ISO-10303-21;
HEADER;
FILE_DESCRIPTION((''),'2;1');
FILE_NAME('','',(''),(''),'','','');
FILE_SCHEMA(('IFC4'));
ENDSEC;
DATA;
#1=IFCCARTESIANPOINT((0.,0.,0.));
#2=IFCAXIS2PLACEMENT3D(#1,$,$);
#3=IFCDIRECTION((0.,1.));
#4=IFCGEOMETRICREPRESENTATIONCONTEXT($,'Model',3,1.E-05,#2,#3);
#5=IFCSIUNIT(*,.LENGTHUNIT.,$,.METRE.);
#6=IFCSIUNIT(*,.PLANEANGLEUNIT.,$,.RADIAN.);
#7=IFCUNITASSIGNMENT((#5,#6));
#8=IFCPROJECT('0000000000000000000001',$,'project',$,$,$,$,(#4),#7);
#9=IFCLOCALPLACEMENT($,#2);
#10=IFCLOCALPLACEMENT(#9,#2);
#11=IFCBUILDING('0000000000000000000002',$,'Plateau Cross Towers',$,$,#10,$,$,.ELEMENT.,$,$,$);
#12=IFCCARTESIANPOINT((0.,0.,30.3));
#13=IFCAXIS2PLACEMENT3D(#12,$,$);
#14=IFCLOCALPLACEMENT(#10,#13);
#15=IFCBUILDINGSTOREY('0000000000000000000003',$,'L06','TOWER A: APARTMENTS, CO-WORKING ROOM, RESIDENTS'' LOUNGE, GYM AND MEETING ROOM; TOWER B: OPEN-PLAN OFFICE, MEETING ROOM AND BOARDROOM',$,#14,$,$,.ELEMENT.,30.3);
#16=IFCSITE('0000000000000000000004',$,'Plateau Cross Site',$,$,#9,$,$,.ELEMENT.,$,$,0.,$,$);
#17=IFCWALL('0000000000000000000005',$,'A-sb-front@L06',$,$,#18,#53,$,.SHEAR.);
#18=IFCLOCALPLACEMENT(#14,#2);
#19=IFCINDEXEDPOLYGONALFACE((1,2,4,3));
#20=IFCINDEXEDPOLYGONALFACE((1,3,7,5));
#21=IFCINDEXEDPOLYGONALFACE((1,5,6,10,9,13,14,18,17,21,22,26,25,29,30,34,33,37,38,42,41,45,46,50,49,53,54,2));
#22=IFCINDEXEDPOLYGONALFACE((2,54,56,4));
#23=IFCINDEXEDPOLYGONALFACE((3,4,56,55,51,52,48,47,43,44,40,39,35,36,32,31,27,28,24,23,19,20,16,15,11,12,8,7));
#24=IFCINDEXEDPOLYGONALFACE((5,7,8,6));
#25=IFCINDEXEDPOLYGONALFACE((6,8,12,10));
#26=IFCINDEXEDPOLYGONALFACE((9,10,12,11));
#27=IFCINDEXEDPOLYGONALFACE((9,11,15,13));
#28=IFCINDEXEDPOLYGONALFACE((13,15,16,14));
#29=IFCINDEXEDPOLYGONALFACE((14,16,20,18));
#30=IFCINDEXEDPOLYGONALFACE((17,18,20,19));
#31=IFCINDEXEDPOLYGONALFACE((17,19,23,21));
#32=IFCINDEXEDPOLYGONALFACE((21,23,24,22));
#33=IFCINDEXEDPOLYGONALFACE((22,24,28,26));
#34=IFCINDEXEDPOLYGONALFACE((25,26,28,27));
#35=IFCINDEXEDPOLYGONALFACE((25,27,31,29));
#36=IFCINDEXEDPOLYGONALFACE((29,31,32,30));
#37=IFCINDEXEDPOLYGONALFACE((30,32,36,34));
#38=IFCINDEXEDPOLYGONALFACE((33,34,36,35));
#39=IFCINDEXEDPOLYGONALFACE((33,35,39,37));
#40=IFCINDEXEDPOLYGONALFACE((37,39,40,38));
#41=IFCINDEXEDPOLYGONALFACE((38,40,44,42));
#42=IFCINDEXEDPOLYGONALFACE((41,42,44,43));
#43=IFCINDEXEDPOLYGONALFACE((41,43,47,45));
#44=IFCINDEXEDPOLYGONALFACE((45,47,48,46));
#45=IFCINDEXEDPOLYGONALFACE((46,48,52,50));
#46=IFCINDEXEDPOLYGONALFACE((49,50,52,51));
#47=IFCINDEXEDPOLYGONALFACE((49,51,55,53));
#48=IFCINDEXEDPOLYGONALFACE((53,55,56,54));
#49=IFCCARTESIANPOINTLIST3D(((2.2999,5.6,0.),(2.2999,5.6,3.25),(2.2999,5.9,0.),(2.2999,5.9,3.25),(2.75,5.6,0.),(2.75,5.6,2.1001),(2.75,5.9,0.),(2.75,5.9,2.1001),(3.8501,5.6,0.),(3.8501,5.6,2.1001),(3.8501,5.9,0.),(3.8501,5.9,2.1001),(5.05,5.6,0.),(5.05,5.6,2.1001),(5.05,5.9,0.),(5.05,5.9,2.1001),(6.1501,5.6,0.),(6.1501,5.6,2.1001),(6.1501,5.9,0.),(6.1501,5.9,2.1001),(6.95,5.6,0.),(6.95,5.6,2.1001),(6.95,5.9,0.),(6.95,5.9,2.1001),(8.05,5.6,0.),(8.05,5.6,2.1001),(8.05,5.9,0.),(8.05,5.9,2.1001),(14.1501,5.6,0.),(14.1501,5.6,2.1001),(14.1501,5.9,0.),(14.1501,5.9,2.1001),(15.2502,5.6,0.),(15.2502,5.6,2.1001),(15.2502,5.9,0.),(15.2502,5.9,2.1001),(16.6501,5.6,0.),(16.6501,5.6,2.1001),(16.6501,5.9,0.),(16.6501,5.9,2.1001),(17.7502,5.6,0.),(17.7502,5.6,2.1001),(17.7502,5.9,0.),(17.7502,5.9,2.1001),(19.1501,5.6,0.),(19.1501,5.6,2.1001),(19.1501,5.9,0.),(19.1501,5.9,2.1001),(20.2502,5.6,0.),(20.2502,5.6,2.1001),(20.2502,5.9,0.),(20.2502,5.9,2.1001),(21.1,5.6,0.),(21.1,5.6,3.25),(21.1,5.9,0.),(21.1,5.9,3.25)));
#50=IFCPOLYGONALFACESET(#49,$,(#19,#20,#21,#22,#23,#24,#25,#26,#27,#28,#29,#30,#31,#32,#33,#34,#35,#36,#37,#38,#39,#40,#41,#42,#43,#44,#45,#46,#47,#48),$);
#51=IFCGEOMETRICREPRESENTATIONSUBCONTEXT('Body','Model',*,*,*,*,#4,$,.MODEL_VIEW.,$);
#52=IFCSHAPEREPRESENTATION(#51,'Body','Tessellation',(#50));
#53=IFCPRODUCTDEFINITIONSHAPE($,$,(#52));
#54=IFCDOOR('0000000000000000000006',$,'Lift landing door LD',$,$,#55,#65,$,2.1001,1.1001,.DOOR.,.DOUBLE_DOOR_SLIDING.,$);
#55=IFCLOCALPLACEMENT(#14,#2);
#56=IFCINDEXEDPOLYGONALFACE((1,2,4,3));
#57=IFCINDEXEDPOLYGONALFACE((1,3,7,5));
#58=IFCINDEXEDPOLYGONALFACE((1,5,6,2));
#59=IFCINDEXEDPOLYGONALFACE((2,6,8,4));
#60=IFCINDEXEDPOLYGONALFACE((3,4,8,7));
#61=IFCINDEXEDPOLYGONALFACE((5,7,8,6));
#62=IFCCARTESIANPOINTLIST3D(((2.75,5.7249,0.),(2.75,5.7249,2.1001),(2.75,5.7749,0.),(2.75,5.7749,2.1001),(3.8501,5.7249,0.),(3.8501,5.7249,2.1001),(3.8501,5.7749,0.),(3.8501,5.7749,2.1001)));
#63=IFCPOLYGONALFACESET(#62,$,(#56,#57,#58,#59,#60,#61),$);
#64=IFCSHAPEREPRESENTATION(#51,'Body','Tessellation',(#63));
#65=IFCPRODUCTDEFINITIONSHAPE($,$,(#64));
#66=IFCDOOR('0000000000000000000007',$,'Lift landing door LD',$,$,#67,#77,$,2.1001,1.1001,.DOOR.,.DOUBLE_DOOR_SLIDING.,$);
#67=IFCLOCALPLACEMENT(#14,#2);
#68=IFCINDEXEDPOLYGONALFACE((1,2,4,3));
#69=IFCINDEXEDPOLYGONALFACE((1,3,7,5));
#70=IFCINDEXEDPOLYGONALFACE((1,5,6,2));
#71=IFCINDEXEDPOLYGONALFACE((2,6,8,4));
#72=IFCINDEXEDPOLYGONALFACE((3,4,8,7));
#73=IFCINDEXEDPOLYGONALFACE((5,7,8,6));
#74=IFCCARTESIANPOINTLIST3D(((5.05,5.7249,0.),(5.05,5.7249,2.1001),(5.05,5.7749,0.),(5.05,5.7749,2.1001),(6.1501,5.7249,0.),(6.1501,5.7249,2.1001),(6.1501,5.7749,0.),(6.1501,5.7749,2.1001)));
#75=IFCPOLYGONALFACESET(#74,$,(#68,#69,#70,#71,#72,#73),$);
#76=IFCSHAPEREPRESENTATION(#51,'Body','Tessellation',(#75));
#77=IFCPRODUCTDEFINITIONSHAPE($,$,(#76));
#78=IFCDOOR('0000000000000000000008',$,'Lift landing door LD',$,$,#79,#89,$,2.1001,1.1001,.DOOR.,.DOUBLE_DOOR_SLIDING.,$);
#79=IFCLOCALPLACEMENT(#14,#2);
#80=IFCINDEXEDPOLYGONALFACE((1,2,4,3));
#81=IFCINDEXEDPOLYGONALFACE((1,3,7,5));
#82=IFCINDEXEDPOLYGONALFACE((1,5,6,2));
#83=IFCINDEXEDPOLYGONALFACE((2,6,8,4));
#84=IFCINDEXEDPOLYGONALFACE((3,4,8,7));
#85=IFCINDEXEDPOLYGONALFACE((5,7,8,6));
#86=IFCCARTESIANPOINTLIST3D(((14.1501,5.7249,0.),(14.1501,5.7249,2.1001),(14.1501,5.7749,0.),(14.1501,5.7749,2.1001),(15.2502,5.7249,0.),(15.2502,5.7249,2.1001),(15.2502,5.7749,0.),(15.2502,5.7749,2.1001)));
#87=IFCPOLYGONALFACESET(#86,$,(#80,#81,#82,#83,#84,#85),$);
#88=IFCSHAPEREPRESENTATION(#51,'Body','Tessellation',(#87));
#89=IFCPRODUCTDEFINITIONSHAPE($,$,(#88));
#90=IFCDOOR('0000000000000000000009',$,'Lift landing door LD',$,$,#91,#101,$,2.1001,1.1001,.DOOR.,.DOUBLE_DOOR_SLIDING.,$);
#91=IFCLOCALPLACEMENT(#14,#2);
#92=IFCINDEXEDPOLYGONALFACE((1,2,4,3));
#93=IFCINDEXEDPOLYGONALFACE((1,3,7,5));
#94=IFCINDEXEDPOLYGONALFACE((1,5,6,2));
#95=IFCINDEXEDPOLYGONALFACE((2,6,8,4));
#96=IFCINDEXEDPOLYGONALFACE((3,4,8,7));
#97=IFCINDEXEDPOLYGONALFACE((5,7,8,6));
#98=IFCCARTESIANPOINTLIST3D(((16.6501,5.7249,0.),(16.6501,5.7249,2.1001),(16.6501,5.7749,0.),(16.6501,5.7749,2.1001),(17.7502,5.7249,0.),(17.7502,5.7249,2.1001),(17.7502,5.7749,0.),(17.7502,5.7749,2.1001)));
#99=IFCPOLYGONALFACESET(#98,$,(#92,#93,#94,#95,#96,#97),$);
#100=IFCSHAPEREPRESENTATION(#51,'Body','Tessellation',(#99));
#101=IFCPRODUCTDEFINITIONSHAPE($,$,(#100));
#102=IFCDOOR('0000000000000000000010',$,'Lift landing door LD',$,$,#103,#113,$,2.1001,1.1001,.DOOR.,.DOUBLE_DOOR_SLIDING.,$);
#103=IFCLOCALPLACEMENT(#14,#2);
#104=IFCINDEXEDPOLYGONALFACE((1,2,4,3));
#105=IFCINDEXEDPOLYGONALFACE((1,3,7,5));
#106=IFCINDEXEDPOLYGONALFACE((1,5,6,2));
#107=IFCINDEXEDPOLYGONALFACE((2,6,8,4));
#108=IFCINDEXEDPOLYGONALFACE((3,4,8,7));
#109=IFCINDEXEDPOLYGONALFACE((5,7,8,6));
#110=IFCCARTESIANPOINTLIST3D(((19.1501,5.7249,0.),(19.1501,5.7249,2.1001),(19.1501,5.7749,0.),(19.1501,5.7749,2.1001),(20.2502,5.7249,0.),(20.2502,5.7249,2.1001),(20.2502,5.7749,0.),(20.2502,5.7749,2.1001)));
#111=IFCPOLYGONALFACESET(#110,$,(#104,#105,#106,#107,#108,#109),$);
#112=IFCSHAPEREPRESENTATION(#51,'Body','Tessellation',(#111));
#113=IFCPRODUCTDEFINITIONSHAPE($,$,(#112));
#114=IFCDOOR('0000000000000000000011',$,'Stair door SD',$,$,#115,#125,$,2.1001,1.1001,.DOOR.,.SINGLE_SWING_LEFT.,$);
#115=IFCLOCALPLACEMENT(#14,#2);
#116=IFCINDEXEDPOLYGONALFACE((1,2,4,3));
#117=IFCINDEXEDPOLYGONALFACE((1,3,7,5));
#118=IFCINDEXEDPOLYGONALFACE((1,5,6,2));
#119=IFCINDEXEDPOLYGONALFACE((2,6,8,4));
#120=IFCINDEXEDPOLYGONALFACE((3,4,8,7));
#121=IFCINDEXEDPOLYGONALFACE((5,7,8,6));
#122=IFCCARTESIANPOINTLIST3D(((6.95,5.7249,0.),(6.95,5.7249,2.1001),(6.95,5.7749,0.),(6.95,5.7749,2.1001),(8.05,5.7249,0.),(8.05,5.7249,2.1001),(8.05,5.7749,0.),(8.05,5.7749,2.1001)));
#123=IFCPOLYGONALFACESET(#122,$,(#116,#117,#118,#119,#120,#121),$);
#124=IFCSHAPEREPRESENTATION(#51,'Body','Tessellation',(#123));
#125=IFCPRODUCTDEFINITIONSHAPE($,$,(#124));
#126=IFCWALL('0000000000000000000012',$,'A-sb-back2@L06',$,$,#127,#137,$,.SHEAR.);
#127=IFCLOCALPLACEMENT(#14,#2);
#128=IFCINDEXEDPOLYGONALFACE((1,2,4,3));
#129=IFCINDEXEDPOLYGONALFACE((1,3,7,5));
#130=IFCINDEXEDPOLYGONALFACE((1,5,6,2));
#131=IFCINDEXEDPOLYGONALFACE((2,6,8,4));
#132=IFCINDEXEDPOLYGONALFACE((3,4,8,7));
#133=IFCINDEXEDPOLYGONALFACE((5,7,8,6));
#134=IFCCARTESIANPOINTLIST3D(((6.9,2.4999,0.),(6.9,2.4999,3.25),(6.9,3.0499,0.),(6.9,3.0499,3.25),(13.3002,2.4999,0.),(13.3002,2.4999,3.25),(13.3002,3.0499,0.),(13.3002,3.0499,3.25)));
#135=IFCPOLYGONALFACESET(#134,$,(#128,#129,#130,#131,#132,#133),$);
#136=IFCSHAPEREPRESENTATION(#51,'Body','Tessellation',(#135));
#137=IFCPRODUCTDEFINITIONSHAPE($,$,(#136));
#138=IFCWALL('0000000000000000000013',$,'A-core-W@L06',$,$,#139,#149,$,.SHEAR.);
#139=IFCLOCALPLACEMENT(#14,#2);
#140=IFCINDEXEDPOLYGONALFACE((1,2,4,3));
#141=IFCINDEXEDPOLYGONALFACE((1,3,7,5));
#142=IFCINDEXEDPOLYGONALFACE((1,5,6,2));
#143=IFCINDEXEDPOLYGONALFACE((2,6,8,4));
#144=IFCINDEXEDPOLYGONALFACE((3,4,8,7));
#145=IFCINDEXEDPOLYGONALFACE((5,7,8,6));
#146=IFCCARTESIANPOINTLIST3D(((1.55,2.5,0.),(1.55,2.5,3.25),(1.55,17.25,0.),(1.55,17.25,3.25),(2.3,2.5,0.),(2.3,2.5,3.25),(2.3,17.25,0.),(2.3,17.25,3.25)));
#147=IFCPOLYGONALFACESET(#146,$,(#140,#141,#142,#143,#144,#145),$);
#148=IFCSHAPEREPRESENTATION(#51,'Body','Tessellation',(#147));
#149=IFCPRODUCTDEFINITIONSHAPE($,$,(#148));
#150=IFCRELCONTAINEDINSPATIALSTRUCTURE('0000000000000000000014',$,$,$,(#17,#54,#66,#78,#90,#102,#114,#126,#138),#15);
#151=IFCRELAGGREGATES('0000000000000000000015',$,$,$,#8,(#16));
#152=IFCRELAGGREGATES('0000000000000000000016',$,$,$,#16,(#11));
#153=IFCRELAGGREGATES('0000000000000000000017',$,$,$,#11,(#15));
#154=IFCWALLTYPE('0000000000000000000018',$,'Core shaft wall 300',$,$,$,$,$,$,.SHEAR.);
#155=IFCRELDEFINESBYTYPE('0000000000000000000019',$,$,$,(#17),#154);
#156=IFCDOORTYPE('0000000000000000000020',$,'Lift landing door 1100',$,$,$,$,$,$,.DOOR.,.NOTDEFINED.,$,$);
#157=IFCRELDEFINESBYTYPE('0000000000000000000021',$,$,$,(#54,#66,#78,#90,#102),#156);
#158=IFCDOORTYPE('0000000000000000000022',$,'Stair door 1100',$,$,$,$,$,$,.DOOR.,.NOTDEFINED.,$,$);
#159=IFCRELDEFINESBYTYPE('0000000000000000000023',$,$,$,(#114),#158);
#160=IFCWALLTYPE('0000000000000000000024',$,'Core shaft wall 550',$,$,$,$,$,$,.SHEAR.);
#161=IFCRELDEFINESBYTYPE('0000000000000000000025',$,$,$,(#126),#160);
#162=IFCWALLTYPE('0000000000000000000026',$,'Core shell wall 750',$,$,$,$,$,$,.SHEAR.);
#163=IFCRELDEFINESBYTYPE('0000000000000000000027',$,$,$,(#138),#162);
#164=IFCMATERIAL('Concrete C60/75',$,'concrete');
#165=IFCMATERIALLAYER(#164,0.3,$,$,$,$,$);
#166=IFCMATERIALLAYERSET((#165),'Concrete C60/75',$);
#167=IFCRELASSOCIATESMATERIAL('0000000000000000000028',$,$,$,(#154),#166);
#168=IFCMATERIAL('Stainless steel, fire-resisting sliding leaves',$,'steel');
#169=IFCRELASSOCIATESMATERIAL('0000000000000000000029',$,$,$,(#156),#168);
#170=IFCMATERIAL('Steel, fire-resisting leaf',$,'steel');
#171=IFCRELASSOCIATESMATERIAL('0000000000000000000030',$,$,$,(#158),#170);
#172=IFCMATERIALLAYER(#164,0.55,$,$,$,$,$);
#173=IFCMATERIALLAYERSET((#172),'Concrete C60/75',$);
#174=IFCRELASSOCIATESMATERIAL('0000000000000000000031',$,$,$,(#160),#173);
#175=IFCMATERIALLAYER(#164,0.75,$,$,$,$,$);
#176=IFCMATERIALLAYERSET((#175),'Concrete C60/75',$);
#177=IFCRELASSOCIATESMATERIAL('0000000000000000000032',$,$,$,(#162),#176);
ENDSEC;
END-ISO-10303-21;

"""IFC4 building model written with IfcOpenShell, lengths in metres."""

from ifc_helpers import new_model, si_unit, direction, frame, frame_2d, origin, place, context, subcontext, project, spatial, rectangle, extrude, material, layer, layer_set, type_object, element, fill, save


model = new_model("IFC4")

# Units and contexts
model_context = context("Model", 3, precision=1e-05, world=origin(), true_north=direction((0.0, 1.0)))
body_context = subcontext(model_context, "Body", "Model", "MODEL_VIEW")
ifc_project = project(units=[si_unit("LENGTHUNIT", "METRE"), si_unit("PLANEANGLEUNIT", "RADIAN")], contexts=[model_context])

# Site, building, storey
site_placement = place(None, origin())
site = spatial("IfcSite", under=ifc_project, at=site_placement, Name="Plateau Cross Site", CompositionType="ELEMENT", RefElevation=0.0)
building_placement = place(site_placement, origin())
building = spatial("IfcBuilding", under=site, at=building_placement, Name="Plateau Cross Towers", CompositionType="ELEMENT")
storey_placement = place(building_placement, frame((0.0, 0.0, 30.3)))
storey = spatial("IfcBuildingStorey", under=building, at=storey_placement, Name="L06", Description="TOWER A: APARTMENTS, CO-WORKING ROOM, RESIDENTS' LOUNGE, GYM AND MEETING ROOM; TOWER B: OPEN-PLAN OFFICE, MEETING ROOM AND BOARDROOM", CompositionType="ELEMENT", Elevation=30.3)

# Shared definitions
ifc_material_1 = material(Name="Steel, fire-resisting leaf", Category="steel")

# Shared definitions
ifc_material_2 = material(Name="Concrete C60/75", Category="concrete")
ifc_layer_1 = layer(ifc_material_2, 0.3)
ifc_layer_set_1 = layer_set([ifc_layer_1], Name="Concrete C60/75")
wall_type_1 = type_object("IfcWallType", Name="Core shaft wall 300", PredefinedType="SHEAR", material=ifc_layer_set_1)

# Wall, openings, doors
wall_1_placement = place(storey_placement, frame((2.3, 5.75, 0.0), z_axis=(0.0, 0.0, 1.0), x_axis=(1.0, 0.0, 0.0)))
wall_1 = element("IfcWall", 1, at=wall_1_placement, inside=storey, type_object=wall_type_1, Name="A-sb-front@L06", PredefinedType="SHEAR", context=body_context, shape_type="SweptSolid", body=[
    extrude(rectangle(XDim=18.8, YDim=0.3, at=frame_2d((9.3999, 0.0))), origin(), (0.0, 0.0, 1.0), 3.25),
])
opening_1_placement = place(wall_1_placement, frame((4.6499, 0.0, 0.0)))
opening_1 = element("IfcOpeningElement", 2, at=opening_1_placement, cuts=wall_1, PredefinedType="OPENING", context=body_context, shape_type="SweptSolid", body=[
    extrude(rectangle(XDim=1.1001, YDim=2.1001, at=frame_2d((0.55, 1.05))), frame((0.0, 0.1599, 0.0), z_axis=(0.0, -1.0, 0.0), x_axis=(1.0, 0.0, 0.0)), (0.0, 0.0, 1.0), 0.3201),
])
opening_2_placement = place(wall_1_placement, frame((0.45, 0.0, 0.0)))
opening_2 = element("IfcOpeningElement", 3, at=opening_2_placement, cuts=wall_1, PredefinedType="OPENING", context=body_context, shape_type="SweptSolid", body=[
    extrude(rectangle(XDim=1.1001, YDim=2.1001, at=frame_2d((0.55, 1.05))), frame((0.0, 0.1599, 0.0), z_axis=(0.0, -1.0, 0.0), x_axis=(1.0, 0.0, 0.0)), (0.0, 0.0, 1.0), 0.3201),
])
opening_3_placement = place(wall_1_placement, frame((2.75, 0.0, 0.0)))
opening_3 = element("IfcOpeningElement", 4, at=opening_3_placement, cuts=wall_1, PredefinedType="OPENING", context=body_context, shape_type="SweptSolid", body=[
    extrude(rectangle(XDim=1.1001, YDim=2.1001, at=frame_2d((0.55, 1.05))), frame((0.0, 0.1599, 0.0), z_axis=(0.0, -1.0, 0.0), x_axis=(1.0, 0.0, 0.0)), (0.0, 0.0, 1.0), 0.3201),
])
opening_4_placement = place(wall_1_placement, frame((11.8501, 0.0, 0.0)))
opening_4 = element("IfcOpeningElement", 5, at=opening_4_placement, cuts=wall_1, PredefinedType="OPENING", context=body_context, shape_type="SweptSolid", body=[
    extrude(rectangle(XDim=1.1001, YDim=2.1001, at=frame_2d((0.55, 1.05))), frame((0.0, 0.1599, 0.0), z_axis=(0.0, -1.0, 0.0), x_axis=(1.0, 0.0, 0.0)), (0.0, 0.0, 1.0), 0.3201),
])
opening_5_placement = place(wall_1_placement, frame((14.3501, 0.0, 0.0)))
opening_5 = element("IfcOpeningElement", 6, at=opening_5_placement, cuts=wall_1, PredefinedType="OPENING", context=body_context, shape_type="SweptSolid", body=[
    extrude(rectangle(XDim=1.1001, YDim=2.1001, at=frame_2d((0.55, 1.05))), frame((0.0, 0.1599, 0.0), z_axis=(0.0, -1.0, 0.0), x_axis=(1.0, 0.0, 0.0)), (0.0, 0.0, 1.0), 0.3201),
])
opening_6_placement = place(wall_1_placement, frame((16.8501, 0.0, 0.0)))
opening_6 = element("IfcOpeningElement", 7, at=opening_6_placement, cuts=wall_1, PredefinedType="OPENING", context=body_context, shape_type="SweptSolid", body=[
    extrude(rectangle(XDim=1.1001, YDim=2.1001, at=frame_2d((0.55, 1.05))), frame((0.0, 0.1599, 0.0), z_axis=(0.0, -1.0, 0.0), x_axis=(1.0, 0.0, 0.0)), (0.0, 0.0, 1.0), 0.3201),
])
ifc_material_3 = material(Name="Stainless steel, fire-resisting sliding leaves", Category="steel")
door_type_1 = type_object("IfcDoorType", Name="Lift landing door 1100", OperationType="NOTDEFINED", PredefinedType="DOOR", material=ifc_material_3)
door_1_placement = place(opening_2_placement, origin())
door_1 = element("IfcDoor", 8, at=door_1_placement, inside=storey, type_object=door_type_1, Name="Lift landing door LD", OperationType="DOUBLE_DOOR_SLIDING", OverallHeight=2.1001, OverallWidth=1.1001, PredefinedType="DOOR", context=body_context, shape_type="SweptSolid", body=[
    extrude(rectangle(XDim=1.1001, YDim=2.1001, at=frame_2d((0.55, 1.05))), frame((0.0, 0.0249, 0.0), z_axis=(0.0, -1.0, 0.0), x_axis=(1.0, 0.0, 0.0)), (0.0, 0.0, 1.0), 0.05),
])
fill(opening_2, door_1)
door_2_placement = place(opening_3_placement, origin())
door_2 = element("IfcDoor", 9, at=door_2_placement, inside=storey, type_object=door_type_1, Name="Lift landing door LD", OperationType="DOUBLE_DOOR_SLIDING", OverallHeight=2.1001, OverallWidth=1.1001, PredefinedType="DOOR", context=body_context, shape_type="SweptSolid", body=[
    extrude(rectangle(XDim=1.1001, YDim=2.1001, at=frame_2d((0.55, 1.05))), frame((0.0, 0.0249, 0.0), z_axis=(0.0, -1.0, 0.0), x_axis=(1.0, 0.0, 0.0)), (0.0, 0.0, 1.0), 0.05),
])
fill(opening_3, door_2)
door_3_placement = place(opening_4_placement, origin())
door_3 = element("IfcDoor", 10, at=door_3_placement, inside=storey, type_object=door_type_1, Name="Lift landing door LD", OperationType="DOUBLE_DOOR_SLIDING", OverallHeight=2.1001, OverallWidth=1.1001, PredefinedType="DOOR", context=body_context, shape_type="SweptSolid", body=[
    extrude(rectangle(XDim=1.1001, YDim=2.1001, at=frame_2d((0.55, 1.05))), frame((0.0, 0.0249, 0.0), z_axis=(0.0, -1.0, 0.0), x_axis=(1.0, 0.0, 0.0)), (0.0, 0.0, 1.0), 0.05),
])
fill(opening_4, door_3)
door_4_placement = place(opening_5_placement, origin())
door_4 = element("IfcDoor", 11, at=door_4_placement, inside=storey, type_object=door_type_1, Name="Lift landing door LD", OperationType="DOUBLE_DOOR_SLIDING", OverallHeight=2.1001, OverallWidth=1.1001, PredefinedType="DOOR", context=body_context, shape_type="SweptSolid", body=[
    extrude(rectangle(XDim=1.1001, YDim=2.1001, at=frame_2d((0.55, 1.05))), frame((0.0, 0.0249, 0.0), z_axis=(0.0, -1.0, 0.0), x_axis=(1.0, 0.0, 0.0)), (0.0, 0.0, 1.0), 0.05),
])
fill(opening_5, door_4)
door_5_placement = place(opening_6_placement, origin())
door_5 = element("IfcDoor", 12, at=door_5_placement, inside=storey, type_object=door_type_1, Name="Lift landing door LD", OperationType="DOUBLE_DOOR_SLIDING", OverallHeight=2.1001, OverallWidth=1.1001, PredefinedType="DOOR", context=body_context, shape_type="SweptSolid", body=[
    extrude(rectangle(XDim=1.1001, YDim=2.1001, at=frame_2d((0.55, 1.05))), frame((0.0, 0.0249, 0.0), z_axis=(0.0, -1.0, 0.0), x_axis=(1.0, 0.0, 0.0)), (0.0, 0.0, 1.0), 0.05),
])
fill(opening_6, door_5)
door_type_2 = type_object("IfcDoorType", Name="Stair door 1100", OperationType="NOTDEFINED", PredefinedType="DOOR", material=ifc_material_1)
door_6_placement = place(opening_1_placement, origin())
door_6 = element("IfcDoor", 13, at=door_6_placement, inside=storey, type_object=door_type_2, Name="Stair door SD", OperationType="SINGLE_SWING_LEFT", OverallHeight=2.1001, OverallWidth=1.1001, PredefinedType="DOOR", context=body_context, shape_type="SweptSolid", body=[
    extrude(rectangle(XDim=1.1001, YDim=2.1001, at=frame_2d((0.55, 1.05))), frame((0.0, 0.0249, 0.0), z_axis=(0.0, -1.0, 0.0), x_axis=(1.0, 0.0, 0.0)), (0.0, 0.0, 1.0), 0.05),
])
fill(opening_1, door_6)

# Walls
ifc_layer_2 = layer(ifc_material_2, 0.55)
ifc_layer_set_2 = layer_set([ifc_layer_2], Name="Concrete C60/75")
wall_type_2 = type_object("IfcWallType", Name="Core shaft wall 550", PredefinedType="SHEAR", material=ifc_layer_set_2)
wall_2_placement = place(storey_placement, frame((6.8999, 2.7749, 0.0), z_axis=(0.0, 0.0, 1.0), x_axis=(1.0, 0.0, 0.0)))
element("IfcWall", 14, at=wall_2_placement, inside=storey, type_object=wall_type_2, Name="A-sb-back2@L06", PredefinedType="SHEAR", context=body_context, shape_type="SweptSolid", body=[
    extrude(rectangle(XDim=6.4001, YDim=0.55, at=frame_2d((3.2002, 0.0))), origin(), (0.0, 0.0, 1.0), 3.25),
])
ifc_layer_3 = layer(ifc_material_2, 0.75)
ifc_layer_set_3 = layer_set([ifc_layer_3], Name="Concrete C60/75")
wall_type_3 = type_object("IfcWallType", Name="Core shell wall 750", PredefinedType="SHEAR", material=ifc_layer_set_3)
wall_3_placement = place(storey_placement, frame((1.925, 2.5, 0.0), z_axis=(0.0, 0.0, 1.0), x_axis=(0.0, 1.0, 0.0)))
element("IfcWall", 15, at=wall_3_placement, inside=storey, type_object=wall_type_3, Name="A-core-W@L06", PredefinedType="SHEAR", context=body_context, shape_type="SweptSolid", body=[
    extrude(rectangle(XDim=14.75, YDim=0.75, at=frame_2d((7.375, 0.0))), origin(), (0.0, 0.0, 1.0), 3.25),
])

save(model, "model.ifc")
